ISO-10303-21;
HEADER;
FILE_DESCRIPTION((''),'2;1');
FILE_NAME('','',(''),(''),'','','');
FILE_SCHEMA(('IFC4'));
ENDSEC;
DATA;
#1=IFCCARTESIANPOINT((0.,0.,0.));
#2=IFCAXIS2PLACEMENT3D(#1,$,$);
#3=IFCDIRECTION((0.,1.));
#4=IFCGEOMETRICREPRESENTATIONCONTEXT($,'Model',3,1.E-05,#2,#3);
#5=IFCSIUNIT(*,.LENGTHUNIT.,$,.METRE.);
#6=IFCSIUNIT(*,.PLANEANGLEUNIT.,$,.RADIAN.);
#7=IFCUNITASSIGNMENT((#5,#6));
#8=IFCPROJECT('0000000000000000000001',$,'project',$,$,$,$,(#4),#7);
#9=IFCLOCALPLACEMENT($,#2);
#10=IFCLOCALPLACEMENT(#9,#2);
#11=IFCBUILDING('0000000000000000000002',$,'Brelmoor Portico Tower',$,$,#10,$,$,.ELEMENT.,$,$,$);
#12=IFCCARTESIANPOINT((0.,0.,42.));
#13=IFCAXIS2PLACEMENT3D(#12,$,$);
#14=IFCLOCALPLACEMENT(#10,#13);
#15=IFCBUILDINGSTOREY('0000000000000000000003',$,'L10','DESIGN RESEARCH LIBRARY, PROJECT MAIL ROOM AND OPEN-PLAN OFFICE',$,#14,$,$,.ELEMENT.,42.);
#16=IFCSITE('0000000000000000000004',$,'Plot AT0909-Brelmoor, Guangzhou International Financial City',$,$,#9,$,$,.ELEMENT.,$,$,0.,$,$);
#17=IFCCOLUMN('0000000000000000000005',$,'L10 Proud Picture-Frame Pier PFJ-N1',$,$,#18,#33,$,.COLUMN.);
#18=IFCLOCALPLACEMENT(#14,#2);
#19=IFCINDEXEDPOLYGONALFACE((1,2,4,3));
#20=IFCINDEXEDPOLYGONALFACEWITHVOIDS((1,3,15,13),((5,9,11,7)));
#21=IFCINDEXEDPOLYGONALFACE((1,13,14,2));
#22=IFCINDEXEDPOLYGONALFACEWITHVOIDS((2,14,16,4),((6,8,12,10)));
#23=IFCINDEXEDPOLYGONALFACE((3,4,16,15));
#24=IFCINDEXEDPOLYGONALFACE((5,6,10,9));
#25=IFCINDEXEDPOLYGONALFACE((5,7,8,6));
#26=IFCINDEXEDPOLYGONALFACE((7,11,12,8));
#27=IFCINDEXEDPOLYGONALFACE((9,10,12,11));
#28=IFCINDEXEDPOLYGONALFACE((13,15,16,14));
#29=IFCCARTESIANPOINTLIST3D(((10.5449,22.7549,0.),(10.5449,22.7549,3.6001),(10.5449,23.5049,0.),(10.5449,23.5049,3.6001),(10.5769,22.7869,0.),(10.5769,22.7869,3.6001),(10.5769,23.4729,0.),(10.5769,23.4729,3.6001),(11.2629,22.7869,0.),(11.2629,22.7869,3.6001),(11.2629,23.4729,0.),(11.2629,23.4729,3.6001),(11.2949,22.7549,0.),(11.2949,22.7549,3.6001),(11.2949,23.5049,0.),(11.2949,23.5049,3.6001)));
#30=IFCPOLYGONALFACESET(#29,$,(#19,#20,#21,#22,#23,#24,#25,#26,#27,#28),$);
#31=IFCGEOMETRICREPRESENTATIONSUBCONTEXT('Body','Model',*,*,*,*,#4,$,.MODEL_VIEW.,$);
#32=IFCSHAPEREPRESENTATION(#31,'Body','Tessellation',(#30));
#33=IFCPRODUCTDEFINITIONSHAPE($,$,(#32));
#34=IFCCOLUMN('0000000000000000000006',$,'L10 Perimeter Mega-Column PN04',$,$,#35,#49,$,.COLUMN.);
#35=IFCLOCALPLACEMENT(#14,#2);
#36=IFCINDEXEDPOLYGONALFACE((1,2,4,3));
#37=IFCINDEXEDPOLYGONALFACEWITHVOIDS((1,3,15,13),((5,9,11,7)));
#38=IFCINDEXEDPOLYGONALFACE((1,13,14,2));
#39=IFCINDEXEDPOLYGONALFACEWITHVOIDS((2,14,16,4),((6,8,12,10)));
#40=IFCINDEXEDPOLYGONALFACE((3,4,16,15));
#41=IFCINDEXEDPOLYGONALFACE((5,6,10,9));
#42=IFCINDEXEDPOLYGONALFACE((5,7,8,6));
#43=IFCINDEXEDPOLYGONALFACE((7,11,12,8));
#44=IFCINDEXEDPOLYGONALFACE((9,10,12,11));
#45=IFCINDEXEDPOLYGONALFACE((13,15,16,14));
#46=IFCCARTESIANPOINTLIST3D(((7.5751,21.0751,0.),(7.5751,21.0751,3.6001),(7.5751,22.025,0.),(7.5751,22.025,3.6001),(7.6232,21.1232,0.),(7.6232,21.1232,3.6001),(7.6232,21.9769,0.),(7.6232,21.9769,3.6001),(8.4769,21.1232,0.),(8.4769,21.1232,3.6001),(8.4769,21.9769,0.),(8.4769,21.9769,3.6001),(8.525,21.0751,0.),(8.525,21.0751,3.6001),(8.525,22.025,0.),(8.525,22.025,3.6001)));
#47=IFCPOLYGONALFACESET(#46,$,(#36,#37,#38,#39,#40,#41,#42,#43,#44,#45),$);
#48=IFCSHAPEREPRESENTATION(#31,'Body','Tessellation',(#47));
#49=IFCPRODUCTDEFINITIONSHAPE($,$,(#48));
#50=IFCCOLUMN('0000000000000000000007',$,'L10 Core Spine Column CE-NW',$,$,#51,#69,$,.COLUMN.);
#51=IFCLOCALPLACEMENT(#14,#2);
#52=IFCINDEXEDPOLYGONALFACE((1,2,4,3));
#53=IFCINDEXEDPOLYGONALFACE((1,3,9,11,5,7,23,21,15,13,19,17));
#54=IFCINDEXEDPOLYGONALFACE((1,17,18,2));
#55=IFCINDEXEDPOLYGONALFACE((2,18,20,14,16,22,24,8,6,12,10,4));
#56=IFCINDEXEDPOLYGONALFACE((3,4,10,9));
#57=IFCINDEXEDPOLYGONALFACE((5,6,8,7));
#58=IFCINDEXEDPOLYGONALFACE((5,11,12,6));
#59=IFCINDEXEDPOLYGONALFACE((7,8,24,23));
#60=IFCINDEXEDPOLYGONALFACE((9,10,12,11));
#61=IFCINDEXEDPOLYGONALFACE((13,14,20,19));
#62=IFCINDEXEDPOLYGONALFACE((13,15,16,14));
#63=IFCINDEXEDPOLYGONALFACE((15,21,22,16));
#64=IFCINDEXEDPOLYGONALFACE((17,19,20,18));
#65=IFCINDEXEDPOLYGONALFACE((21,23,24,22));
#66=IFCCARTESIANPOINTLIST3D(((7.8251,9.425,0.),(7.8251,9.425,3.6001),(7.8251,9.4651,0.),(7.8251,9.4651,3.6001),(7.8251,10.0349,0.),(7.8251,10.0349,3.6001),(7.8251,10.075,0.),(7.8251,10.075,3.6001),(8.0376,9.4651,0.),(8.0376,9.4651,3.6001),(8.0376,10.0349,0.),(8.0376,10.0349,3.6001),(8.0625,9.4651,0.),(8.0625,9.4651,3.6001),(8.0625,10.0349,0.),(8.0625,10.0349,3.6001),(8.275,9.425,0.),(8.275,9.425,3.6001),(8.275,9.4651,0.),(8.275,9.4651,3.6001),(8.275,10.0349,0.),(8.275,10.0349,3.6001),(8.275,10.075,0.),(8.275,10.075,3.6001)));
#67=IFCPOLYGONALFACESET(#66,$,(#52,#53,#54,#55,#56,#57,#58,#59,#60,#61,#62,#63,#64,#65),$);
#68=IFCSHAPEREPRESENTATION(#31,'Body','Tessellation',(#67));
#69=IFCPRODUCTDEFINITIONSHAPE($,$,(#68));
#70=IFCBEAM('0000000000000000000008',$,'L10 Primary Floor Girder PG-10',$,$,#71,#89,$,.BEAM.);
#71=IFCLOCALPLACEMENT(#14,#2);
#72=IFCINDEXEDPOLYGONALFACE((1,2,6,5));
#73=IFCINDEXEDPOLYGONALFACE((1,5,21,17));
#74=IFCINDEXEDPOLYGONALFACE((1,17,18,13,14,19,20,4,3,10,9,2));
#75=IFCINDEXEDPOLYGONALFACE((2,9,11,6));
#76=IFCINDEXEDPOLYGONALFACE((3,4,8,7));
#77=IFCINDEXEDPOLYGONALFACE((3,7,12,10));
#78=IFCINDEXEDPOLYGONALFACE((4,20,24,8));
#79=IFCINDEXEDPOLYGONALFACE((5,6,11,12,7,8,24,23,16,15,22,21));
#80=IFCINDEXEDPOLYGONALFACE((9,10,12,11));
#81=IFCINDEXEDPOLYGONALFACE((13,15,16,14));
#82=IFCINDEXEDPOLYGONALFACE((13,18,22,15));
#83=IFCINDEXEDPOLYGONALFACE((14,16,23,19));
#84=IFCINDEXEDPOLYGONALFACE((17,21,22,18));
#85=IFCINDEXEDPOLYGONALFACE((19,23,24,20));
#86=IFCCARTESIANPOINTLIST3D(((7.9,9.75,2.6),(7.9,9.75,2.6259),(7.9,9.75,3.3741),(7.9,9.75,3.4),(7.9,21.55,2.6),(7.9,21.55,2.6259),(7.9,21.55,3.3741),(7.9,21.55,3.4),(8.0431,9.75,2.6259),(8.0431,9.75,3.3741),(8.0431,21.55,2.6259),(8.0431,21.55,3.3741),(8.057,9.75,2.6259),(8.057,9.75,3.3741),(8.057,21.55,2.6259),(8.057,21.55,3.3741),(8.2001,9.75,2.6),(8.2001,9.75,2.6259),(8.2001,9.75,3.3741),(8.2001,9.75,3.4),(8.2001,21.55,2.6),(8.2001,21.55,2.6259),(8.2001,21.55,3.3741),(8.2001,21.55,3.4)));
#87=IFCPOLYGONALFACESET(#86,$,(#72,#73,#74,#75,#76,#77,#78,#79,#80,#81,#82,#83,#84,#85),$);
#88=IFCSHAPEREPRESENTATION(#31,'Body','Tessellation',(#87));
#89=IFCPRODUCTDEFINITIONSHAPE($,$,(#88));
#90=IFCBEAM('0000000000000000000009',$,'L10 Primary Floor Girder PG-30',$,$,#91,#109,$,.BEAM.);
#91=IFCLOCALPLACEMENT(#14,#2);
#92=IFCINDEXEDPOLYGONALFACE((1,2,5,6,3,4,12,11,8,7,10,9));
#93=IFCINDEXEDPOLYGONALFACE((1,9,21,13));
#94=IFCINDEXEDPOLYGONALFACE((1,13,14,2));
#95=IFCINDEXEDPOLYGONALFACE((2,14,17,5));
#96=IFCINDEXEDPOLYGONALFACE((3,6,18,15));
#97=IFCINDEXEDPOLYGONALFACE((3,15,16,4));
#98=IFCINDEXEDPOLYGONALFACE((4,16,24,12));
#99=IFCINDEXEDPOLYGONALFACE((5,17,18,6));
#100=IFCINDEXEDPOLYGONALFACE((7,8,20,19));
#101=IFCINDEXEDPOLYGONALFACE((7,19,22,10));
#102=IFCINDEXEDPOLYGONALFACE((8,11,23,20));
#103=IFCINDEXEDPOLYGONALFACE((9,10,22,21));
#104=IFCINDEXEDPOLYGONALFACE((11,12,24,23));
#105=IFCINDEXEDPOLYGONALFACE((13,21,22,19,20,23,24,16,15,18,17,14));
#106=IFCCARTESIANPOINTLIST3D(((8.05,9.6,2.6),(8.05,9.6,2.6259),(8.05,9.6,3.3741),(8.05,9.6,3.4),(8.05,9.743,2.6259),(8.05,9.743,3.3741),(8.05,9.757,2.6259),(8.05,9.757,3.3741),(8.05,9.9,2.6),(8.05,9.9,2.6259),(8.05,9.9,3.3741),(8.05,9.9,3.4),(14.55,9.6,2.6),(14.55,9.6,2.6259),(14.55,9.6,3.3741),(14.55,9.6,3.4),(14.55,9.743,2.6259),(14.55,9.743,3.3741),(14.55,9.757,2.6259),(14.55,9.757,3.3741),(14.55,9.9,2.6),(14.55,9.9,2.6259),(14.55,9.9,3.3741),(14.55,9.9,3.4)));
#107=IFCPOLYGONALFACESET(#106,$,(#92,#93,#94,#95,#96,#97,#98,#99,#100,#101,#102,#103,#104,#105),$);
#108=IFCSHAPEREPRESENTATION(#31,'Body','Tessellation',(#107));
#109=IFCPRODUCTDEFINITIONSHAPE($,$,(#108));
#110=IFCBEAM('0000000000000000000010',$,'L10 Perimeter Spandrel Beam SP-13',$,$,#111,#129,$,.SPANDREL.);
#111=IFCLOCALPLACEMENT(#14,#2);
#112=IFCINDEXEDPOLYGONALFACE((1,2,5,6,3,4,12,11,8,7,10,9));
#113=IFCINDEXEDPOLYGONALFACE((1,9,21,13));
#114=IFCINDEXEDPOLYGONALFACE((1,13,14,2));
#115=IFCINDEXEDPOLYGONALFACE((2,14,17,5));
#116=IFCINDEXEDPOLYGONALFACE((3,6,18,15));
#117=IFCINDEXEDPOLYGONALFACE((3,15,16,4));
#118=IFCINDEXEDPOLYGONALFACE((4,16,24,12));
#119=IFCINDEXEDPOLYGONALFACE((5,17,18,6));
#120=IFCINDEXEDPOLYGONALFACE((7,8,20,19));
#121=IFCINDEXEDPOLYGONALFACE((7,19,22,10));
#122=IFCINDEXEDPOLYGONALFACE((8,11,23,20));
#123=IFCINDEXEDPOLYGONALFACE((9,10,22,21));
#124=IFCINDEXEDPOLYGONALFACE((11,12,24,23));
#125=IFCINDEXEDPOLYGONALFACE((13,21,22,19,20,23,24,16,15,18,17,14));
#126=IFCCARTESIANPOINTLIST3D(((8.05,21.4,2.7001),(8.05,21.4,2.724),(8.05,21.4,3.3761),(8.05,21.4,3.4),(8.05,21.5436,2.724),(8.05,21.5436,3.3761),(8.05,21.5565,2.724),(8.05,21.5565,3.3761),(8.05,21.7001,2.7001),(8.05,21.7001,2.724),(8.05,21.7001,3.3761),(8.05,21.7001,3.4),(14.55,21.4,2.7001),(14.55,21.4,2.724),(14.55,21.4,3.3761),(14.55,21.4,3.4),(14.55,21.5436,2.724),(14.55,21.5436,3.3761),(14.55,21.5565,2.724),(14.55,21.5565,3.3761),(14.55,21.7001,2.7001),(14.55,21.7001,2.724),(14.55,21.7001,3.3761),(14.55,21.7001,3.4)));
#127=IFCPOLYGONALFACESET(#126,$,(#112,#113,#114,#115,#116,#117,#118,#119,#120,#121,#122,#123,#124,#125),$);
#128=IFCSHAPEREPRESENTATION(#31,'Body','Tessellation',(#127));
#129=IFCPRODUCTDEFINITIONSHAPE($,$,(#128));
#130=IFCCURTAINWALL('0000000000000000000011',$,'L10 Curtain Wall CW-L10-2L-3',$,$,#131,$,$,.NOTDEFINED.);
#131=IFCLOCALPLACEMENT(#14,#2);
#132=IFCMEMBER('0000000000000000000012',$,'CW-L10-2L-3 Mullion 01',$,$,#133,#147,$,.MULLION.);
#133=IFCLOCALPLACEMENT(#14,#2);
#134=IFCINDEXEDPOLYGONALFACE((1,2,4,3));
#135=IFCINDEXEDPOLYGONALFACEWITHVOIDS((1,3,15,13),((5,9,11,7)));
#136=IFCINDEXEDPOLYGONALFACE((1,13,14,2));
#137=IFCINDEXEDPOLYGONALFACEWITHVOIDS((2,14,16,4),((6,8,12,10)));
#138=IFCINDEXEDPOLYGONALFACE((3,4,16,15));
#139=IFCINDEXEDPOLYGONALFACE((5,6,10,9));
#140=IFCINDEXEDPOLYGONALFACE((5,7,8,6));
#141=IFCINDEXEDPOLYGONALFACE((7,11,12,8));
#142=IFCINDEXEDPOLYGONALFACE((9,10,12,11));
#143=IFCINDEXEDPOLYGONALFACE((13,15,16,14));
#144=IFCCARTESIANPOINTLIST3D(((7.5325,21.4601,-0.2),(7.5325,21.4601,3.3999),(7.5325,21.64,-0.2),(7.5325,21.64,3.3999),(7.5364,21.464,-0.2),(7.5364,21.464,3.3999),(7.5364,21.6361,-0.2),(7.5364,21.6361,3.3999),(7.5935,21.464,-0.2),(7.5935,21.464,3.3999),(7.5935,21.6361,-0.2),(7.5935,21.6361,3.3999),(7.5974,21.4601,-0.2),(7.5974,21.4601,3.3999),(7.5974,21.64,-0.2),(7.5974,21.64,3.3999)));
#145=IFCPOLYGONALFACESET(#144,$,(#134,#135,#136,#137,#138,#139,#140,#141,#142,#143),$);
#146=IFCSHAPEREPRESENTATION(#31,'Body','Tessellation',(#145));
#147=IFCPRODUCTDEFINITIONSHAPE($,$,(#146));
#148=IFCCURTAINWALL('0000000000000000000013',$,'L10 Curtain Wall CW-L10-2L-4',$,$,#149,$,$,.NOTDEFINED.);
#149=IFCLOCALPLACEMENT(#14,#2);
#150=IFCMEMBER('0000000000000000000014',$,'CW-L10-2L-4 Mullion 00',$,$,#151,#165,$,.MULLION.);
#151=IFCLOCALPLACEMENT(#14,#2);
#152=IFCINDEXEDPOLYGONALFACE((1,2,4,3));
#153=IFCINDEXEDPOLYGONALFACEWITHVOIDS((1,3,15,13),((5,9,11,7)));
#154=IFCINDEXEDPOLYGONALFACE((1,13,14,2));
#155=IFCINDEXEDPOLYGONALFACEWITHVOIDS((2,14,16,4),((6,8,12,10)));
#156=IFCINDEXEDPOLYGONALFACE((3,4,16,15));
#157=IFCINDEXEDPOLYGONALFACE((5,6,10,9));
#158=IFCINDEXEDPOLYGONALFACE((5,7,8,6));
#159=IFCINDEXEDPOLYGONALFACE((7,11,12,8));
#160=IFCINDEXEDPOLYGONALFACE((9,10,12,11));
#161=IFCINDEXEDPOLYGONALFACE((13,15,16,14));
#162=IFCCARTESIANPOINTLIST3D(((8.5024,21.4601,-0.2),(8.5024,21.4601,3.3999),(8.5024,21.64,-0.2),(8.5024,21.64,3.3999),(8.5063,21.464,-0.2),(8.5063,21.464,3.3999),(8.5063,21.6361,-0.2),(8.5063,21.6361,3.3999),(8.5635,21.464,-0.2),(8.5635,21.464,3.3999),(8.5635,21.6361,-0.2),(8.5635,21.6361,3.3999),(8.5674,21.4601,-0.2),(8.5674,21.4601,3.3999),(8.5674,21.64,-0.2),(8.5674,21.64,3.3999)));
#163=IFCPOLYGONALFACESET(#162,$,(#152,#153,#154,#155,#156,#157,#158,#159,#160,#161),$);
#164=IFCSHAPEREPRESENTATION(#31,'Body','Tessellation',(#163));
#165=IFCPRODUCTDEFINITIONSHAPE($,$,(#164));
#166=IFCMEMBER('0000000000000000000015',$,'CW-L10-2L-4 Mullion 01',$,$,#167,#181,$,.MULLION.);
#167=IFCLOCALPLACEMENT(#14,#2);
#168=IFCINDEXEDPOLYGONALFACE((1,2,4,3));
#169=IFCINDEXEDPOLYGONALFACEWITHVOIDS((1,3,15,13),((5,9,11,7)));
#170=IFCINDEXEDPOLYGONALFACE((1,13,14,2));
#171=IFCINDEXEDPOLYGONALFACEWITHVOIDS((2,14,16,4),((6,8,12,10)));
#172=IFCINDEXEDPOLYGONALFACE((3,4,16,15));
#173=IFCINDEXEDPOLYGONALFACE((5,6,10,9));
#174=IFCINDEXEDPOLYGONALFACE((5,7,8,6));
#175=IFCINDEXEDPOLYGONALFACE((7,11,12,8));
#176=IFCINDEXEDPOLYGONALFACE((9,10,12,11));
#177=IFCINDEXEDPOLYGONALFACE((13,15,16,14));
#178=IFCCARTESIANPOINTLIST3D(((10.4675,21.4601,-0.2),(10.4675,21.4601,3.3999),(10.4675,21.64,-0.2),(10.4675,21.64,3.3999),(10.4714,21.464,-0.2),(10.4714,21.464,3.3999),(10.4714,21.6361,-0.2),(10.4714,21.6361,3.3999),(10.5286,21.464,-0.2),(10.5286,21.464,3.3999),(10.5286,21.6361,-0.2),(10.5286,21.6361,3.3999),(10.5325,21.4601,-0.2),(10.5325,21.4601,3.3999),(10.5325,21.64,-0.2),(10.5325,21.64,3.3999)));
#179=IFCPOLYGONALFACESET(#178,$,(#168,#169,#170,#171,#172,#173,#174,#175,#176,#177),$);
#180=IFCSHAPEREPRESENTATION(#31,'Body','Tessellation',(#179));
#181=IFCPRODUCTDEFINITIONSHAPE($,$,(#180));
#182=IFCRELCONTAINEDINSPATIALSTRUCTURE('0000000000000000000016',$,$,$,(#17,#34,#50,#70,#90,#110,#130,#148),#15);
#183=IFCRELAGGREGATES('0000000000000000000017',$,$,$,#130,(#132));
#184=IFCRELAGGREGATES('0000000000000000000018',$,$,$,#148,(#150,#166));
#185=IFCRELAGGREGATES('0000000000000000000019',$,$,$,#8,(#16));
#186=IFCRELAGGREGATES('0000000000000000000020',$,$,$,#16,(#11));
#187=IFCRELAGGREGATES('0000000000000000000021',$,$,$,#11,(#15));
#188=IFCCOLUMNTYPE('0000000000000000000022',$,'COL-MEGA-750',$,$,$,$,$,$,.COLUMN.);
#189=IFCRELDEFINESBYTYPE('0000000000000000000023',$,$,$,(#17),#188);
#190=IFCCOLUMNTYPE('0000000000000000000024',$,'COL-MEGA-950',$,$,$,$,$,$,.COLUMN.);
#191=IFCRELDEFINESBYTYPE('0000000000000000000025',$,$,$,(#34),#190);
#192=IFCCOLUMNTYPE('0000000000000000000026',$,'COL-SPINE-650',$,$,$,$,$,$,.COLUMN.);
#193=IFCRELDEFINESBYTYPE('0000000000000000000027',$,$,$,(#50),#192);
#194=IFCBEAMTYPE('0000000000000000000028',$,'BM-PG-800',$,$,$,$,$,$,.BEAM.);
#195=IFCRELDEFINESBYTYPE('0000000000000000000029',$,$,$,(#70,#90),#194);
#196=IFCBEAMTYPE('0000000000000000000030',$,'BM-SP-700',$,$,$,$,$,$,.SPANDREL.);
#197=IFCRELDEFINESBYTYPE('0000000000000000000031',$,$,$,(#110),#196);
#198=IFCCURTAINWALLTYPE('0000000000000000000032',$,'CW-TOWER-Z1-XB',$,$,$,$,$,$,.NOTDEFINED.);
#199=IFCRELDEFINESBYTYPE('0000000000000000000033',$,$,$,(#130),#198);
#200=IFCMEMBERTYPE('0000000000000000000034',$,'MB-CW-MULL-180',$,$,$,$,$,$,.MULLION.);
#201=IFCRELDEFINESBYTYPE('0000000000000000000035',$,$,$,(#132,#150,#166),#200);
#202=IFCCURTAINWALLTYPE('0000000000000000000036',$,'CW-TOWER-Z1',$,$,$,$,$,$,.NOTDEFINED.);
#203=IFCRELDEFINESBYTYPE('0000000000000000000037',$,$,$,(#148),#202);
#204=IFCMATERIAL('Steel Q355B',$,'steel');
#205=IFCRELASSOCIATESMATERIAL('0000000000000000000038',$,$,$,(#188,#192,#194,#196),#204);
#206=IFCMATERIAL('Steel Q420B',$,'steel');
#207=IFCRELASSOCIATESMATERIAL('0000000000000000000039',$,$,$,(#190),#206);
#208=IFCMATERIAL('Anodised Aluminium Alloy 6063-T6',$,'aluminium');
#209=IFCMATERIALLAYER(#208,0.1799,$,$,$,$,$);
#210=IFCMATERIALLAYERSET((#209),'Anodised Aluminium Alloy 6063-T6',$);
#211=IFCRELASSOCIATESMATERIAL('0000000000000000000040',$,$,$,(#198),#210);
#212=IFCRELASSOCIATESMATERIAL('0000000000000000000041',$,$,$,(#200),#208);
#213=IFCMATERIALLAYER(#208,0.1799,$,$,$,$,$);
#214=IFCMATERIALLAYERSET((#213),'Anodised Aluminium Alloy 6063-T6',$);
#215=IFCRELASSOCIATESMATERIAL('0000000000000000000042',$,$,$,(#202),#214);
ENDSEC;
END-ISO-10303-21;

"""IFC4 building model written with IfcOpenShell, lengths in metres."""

from ifc_helpers import new_model, si_unit, direction, frame, origin, origin_2d, place, context, subcontext, project, spatial, hollow_rectangle, i_section, extrude, material, layer, layer_set, material_profile, profile_set, type_object, element, aggregate, save


model = new_model("IFC4")

# Units and contexts
model_context = context("Model", 3, precision=1e-05, world=origin(), true_north=direction((0.0, 1.0)))
body_context = subcontext(model_context, "Body", "Model", "MODEL_VIEW")
ifc_project = project(units=[si_unit("LENGTHUNIT", "METRE"), si_unit("PLANEANGLEUNIT", "RADIAN")], contexts=[model_context])

# Site, building, storey
site_placement = place(None, origin())
site = spatial("IfcSite", under=ifc_project, at=site_placement, Name="Plot AT0909-Brelmoor, Guangzhou International Financial City", CompositionType="ELEMENT", RefElevation=0.0)
building_placement = place(site_placement, origin())
building = spatial("IfcBuilding", under=site, at=building_placement, Name="Brelmoor Portico Tower", CompositionType="ELEMENT")
storey_placement = place(building_placement, frame((0.0, 0.0, 42.0)))
storey = spatial("IfcBuildingStorey", under=building, at=storey_placement, Name="L10", Description="DESIGN RESEARCH LIBRARY, PROJECT MAIL ROOM AND OPEN-PLAN OFFICE", CompositionType="ELEMENT", Elevation=42.0)

# Columns
ifc_material_1 = material(Name="Steel Q355B", Category="steel")
ifc_material_profile_1 = material_profile(ifc_material_1, hollow_rectangle(XDim=0.75, YDim=0.75, WallThickness=0.032, at=origin_2d()), Name="BOX 750x750x32")
ifc_profile_set_1 = profile_set([ifc_material_profile_1], Name="Steel Q355B")
column_type_1 = type_object("IfcColumnType", Name="COL-MEGA-750", PredefinedType="COLUMN", material=ifc_profile_set_1)
column_1_placement = place(storey_placement, frame((10.9199, 23.1299, 0.0), z_axis=(0.0, 0.0, 1.0), x_axis=(1.0, 0.0, 0.0)))
element("IfcColumn", 1, at=column_1_placement, inside=storey, type_object=column_type_1, Name="L10 Proud Picture-Frame Pier PFJ-N1", PredefinedType="COLUMN", context=body_context, shape_type="SweptSolid", body=[
    extrude(hollow_rectangle(XDim=0.75, YDim=0.75, WallThickness=0.032, at=origin_2d()), origin(), (0.0, 0.0, 1.0), 3.6001),
])
ifc_material_2 = material(Name="Steel Q420B", Category="steel")
ifc_material_profile_2 = material_profile(ifc_material_2, hollow_rectangle(XDim=0.95, YDim=0.95, WallThickness=0.0481, at=origin_2d()), Name="BOX 950x950x48")
ifc_profile_set_2 = profile_set([ifc_material_profile_2], Name="Steel Q420B")
column_type_2 = type_object("IfcColumnType", Name="COL-MEGA-950", PredefinedType="COLUMN", material=ifc_profile_set_2)
column_2_placement = place(storey_placement, frame((8.05, 21.55, 0.0), z_axis=(0.0, 0.0, 1.0), x_axis=(1.0, 0.0, 0.0)))
element("IfcColumn", 2, at=column_2_placement, inside=storey, type_object=column_type_2, Name="L10 Perimeter Mega-Column PN04", PredefinedType="COLUMN", context=body_context, shape_type="SweptSolid", body=[
    extrude(hollow_rectangle(XDim=0.95, YDim=0.95, WallThickness=0.0481, at=origin_2d()), origin(), (0.0, 0.0, 1.0), 3.6001),
])
ifc_material_profile_3 = material_profile(ifc_material_1, i_section(OverallWidth=0.45, OverallDepth=0.6499, WebThickness=0.0249, FlangeThickness=0.04, at=origin_2d()), Name="HW 650x450x25x40")
ifc_profile_set_3 = profile_set([ifc_material_profile_3], Name="Steel Q355B")
column_type_3 = type_object("IfcColumnType", Name="COL-SPINE-650", PredefinedType="COLUMN", material=ifc_profile_set_3)
column_3_placement = place(storey_placement, frame((8.05, 9.75, 0.0), z_axis=(0.0, 0.0, 1.0), x_axis=(1.0, 0.0, 0.0)))
element("IfcColumn", 3, at=column_3_placement, inside=storey, type_object=column_type_3, Name="L10 Core Spine Column CE-NW", PredefinedType="COLUMN", context=body_context, shape_type="SweptSolid", body=[
    extrude(i_section(OverallWidth=0.45, OverallDepth=0.6499, WebThickness=0.0249, FlangeThickness=0.04, at=origin_2d()), origin(), (0.0, 0.0, 1.0), 3.6001),
])

# Beams
ifc_material_profile_4 = material_profile(ifc_material_1, i_section(OverallWidth=0.3, OverallDepth=0.8, WebThickness=0.0139, FlangeThickness=0.0259, at=origin_2d()), Name="HN 800x300x14x26")
ifc_profile_set_4 = profile_set([ifc_material_profile_4], Name="Steel Q355B")
beam_type_1 = type_object("IfcBeamType", Name="BM-PG-800", PredefinedType="BEAM", material=ifc_profile_set_4)
beam_1_placement = place(storey_placement, frame((8.05, 9.75, 3.0), z_axis=(0.0, 1.0, 0.0), x_axis=(-1.0, 0.0, 0.0)))
element("IfcBeam", 4, at=beam_1_placement, inside=storey, type_object=beam_type_1, Name="L10 Primary Floor Girder PG-10", PredefinedType="BEAM", context=body_context, shape_type="SweptSolid", body=[
    extrude(i_section(OverallWidth=0.3, OverallDepth=0.8, WebThickness=0.0139, FlangeThickness=0.0259, at=origin_2d()), origin(), (0.0, 0.0, 1.0), 11.8),
])
beam_2_placement = place(storey_placement, frame((8.05, 9.75, 3.0), z_axis=(1.0, 0.0, 0.0), x_axis=(0.0, 1.0, 0.0)))
element("IfcBeam", 5, at=beam_2_placement, inside=storey, type_object=beam_type_1, Name="L10 Primary Floor Girder PG-30", PredefinedType="BEAM", context=body_context, shape_type="SweptSolid", body=[
    extrude(i_section(OverallWidth=0.3, OverallDepth=0.8, WebThickness=0.0139, FlangeThickness=0.0259, at=origin_2d()), origin(), (0.0, 0.0, 1.0), 6.5),
])
ifc_material_profile_5 = material_profile(ifc_material_1, i_section(OverallWidth=0.3, OverallDepth=0.7, WebThickness=0.0129, FlangeThickness=0.0239, at=origin_2d()), Name="HN 700x300x13x24")
ifc_profile_set_5 = profile_set([ifc_material_profile_5], Name="Steel Q355B")
beam_type_2 = type_object("IfcBeamType", Name="BM-SP-700", PredefinedType="SPANDREL", material=ifc_profile_set_5)
beam_3_placement = place(storey_placement, frame((8.05, 21.55, 3.05), z_axis=(1.0, 0.0, 0.0), x_axis=(0.0, 1.0, 0.0)))
element("IfcBeam", 6, at=beam_3_placement, inside=storey, type_object=beam_type_2, Name="L10 Perimeter Spandrel Beam SP-13", PredefinedType="SPANDREL", context=body_context, shape_type="SweptSolid", body=[
    extrude(i_section(OverallWidth=0.3, OverallDepth=0.7, WebThickness=0.0129, FlangeThickness=0.0239, at=origin_2d()), origin(), (0.0, 0.0, 1.0), 6.5),
])

# Curtain wall, member
ifc_material_3 = material(Name="Anodised Aluminium Alloy 6063-T6", Category="aluminium")
ifc_layer_1 = layer(ifc_material_3, 0.1799)
ifc_layer_set_1 = layer_set([ifc_layer_1], Name="Anodised Aluminium Alloy 6063-T6")
curtain_wall_type_1 = type_object("IfcCurtainWallType", Name="CW-TOWER-Z1-XB", PredefinedType="NOTDEFINED", material=ifc_layer_set_1)
curtain_wall_1_placement = place(storey_placement, origin())
curtain_wall_1 = element("IfcCurtainWall", 7, at=curtain_wall_1_placement, inside=storey, type_object=curtain_wall_type_1, Name="L10 Curtain Wall CW-L10-2L-3", PredefinedType="NOTDEFINED")
ifc_material_profile_6 = material_profile(ifc_material_3, hollow_rectangle(XDim=0.0649, YDim=0.1799, WallThickness=0.0039, at=origin_2d()), Name="ALU MULLION 65x180")
ifc_profile_set_6 = profile_set([ifc_material_profile_6], Name="Anodised Aluminium Alloy 6063-T6")
member_type_1 = type_object("IfcMemberType", Name="MB-CW-MULL-180", PredefinedType="MULLION", material=ifc_profile_set_6)
member_1_placement = place(storey_placement, frame((7.5649, 21.55, -0.2), z_axis=(0.0, 0.0, 1.0), x_axis=(1.0, 0.0, 0.0)))
member_1 = element("IfcMember", 8, at=member_1_placement, type_object=member_type_1, Name="CW-L10-2L-3 Mullion 01", PredefinedType="MULLION", context=body_context, shape_type="SweptSolid", body=[
    extrude(hollow_rectangle(XDim=0.0649, YDim=0.1799, WallThickness=0.0039, at=origin_2d()), origin(), (0.0, 0.0, 1.0), 3.5999),
])

# Curtain wall, members
ifc_layer_2 = layer(ifc_material_3, 0.1799)
ifc_layer_set_2 = layer_set([ifc_layer_2], Name="Anodised Aluminium Alloy 6063-T6")
curtain_wall_type_2 = type_object("IfcCurtainWallType", Name="CW-TOWER-Z1", PredefinedType="NOTDEFINED", material=ifc_layer_set_2)
curtain_wall_2_placement = place(storey_placement, origin())
curtain_wall_2 = element("IfcCurtainWall", 9, at=curtain_wall_2_placement, inside=storey, type_object=curtain_wall_type_2, Name="L10 Curtain Wall CW-L10-2L-4", PredefinedType="NOTDEFINED")
member_2_placement = place(storey_placement, frame((8.5349, 21.55, -0.2), z_axis=(0.0, 0.0, 1.0), x_axis=(1.0, 0.0, 0.0)))
member_2 = element("IfcMember", 10, at=member_2_placement, type_object=member_type_1, Name="CW-L10-2L-4 Mullion 00", PredefinedType="MULLION", context=body_context, shape_type="SweptSolid", body=[
    extrude(hollow_rectangle(XDim=0.0649, YDim=0.1799, WallThickness=0.0039, at=origin_2d()), origin(), (0.0, 0.0, 1.0), 3.5999),
])
member_3_placement = place(storey_placement, frame((10.5, 21.55, -0.2), z_axis=(0.0, 0.0, 1.0), x_axis=(1.0, 0.0, 0.0)))
member_3 = element("IfcMember", 11, at=member_3_placement, type_object=member_type_1, Name="CW-L10-2L-4 Mullion 01", PredefinedType="MULLION", context=body_context, shape_type="SweptSolid", body=[
    extrude(hollow_rectangle(XDim=0.0649, YDim=0.1799, WallThickness=0.0039, at=origin_2d()), origin(), (0.0, 0.0, 1.0), 3.5999),
])

aggregate(curtain_wall_1, [member_1])
aggregate(curtain_wall_2, [member_2, member_3])

save(model, "model.ifc")
